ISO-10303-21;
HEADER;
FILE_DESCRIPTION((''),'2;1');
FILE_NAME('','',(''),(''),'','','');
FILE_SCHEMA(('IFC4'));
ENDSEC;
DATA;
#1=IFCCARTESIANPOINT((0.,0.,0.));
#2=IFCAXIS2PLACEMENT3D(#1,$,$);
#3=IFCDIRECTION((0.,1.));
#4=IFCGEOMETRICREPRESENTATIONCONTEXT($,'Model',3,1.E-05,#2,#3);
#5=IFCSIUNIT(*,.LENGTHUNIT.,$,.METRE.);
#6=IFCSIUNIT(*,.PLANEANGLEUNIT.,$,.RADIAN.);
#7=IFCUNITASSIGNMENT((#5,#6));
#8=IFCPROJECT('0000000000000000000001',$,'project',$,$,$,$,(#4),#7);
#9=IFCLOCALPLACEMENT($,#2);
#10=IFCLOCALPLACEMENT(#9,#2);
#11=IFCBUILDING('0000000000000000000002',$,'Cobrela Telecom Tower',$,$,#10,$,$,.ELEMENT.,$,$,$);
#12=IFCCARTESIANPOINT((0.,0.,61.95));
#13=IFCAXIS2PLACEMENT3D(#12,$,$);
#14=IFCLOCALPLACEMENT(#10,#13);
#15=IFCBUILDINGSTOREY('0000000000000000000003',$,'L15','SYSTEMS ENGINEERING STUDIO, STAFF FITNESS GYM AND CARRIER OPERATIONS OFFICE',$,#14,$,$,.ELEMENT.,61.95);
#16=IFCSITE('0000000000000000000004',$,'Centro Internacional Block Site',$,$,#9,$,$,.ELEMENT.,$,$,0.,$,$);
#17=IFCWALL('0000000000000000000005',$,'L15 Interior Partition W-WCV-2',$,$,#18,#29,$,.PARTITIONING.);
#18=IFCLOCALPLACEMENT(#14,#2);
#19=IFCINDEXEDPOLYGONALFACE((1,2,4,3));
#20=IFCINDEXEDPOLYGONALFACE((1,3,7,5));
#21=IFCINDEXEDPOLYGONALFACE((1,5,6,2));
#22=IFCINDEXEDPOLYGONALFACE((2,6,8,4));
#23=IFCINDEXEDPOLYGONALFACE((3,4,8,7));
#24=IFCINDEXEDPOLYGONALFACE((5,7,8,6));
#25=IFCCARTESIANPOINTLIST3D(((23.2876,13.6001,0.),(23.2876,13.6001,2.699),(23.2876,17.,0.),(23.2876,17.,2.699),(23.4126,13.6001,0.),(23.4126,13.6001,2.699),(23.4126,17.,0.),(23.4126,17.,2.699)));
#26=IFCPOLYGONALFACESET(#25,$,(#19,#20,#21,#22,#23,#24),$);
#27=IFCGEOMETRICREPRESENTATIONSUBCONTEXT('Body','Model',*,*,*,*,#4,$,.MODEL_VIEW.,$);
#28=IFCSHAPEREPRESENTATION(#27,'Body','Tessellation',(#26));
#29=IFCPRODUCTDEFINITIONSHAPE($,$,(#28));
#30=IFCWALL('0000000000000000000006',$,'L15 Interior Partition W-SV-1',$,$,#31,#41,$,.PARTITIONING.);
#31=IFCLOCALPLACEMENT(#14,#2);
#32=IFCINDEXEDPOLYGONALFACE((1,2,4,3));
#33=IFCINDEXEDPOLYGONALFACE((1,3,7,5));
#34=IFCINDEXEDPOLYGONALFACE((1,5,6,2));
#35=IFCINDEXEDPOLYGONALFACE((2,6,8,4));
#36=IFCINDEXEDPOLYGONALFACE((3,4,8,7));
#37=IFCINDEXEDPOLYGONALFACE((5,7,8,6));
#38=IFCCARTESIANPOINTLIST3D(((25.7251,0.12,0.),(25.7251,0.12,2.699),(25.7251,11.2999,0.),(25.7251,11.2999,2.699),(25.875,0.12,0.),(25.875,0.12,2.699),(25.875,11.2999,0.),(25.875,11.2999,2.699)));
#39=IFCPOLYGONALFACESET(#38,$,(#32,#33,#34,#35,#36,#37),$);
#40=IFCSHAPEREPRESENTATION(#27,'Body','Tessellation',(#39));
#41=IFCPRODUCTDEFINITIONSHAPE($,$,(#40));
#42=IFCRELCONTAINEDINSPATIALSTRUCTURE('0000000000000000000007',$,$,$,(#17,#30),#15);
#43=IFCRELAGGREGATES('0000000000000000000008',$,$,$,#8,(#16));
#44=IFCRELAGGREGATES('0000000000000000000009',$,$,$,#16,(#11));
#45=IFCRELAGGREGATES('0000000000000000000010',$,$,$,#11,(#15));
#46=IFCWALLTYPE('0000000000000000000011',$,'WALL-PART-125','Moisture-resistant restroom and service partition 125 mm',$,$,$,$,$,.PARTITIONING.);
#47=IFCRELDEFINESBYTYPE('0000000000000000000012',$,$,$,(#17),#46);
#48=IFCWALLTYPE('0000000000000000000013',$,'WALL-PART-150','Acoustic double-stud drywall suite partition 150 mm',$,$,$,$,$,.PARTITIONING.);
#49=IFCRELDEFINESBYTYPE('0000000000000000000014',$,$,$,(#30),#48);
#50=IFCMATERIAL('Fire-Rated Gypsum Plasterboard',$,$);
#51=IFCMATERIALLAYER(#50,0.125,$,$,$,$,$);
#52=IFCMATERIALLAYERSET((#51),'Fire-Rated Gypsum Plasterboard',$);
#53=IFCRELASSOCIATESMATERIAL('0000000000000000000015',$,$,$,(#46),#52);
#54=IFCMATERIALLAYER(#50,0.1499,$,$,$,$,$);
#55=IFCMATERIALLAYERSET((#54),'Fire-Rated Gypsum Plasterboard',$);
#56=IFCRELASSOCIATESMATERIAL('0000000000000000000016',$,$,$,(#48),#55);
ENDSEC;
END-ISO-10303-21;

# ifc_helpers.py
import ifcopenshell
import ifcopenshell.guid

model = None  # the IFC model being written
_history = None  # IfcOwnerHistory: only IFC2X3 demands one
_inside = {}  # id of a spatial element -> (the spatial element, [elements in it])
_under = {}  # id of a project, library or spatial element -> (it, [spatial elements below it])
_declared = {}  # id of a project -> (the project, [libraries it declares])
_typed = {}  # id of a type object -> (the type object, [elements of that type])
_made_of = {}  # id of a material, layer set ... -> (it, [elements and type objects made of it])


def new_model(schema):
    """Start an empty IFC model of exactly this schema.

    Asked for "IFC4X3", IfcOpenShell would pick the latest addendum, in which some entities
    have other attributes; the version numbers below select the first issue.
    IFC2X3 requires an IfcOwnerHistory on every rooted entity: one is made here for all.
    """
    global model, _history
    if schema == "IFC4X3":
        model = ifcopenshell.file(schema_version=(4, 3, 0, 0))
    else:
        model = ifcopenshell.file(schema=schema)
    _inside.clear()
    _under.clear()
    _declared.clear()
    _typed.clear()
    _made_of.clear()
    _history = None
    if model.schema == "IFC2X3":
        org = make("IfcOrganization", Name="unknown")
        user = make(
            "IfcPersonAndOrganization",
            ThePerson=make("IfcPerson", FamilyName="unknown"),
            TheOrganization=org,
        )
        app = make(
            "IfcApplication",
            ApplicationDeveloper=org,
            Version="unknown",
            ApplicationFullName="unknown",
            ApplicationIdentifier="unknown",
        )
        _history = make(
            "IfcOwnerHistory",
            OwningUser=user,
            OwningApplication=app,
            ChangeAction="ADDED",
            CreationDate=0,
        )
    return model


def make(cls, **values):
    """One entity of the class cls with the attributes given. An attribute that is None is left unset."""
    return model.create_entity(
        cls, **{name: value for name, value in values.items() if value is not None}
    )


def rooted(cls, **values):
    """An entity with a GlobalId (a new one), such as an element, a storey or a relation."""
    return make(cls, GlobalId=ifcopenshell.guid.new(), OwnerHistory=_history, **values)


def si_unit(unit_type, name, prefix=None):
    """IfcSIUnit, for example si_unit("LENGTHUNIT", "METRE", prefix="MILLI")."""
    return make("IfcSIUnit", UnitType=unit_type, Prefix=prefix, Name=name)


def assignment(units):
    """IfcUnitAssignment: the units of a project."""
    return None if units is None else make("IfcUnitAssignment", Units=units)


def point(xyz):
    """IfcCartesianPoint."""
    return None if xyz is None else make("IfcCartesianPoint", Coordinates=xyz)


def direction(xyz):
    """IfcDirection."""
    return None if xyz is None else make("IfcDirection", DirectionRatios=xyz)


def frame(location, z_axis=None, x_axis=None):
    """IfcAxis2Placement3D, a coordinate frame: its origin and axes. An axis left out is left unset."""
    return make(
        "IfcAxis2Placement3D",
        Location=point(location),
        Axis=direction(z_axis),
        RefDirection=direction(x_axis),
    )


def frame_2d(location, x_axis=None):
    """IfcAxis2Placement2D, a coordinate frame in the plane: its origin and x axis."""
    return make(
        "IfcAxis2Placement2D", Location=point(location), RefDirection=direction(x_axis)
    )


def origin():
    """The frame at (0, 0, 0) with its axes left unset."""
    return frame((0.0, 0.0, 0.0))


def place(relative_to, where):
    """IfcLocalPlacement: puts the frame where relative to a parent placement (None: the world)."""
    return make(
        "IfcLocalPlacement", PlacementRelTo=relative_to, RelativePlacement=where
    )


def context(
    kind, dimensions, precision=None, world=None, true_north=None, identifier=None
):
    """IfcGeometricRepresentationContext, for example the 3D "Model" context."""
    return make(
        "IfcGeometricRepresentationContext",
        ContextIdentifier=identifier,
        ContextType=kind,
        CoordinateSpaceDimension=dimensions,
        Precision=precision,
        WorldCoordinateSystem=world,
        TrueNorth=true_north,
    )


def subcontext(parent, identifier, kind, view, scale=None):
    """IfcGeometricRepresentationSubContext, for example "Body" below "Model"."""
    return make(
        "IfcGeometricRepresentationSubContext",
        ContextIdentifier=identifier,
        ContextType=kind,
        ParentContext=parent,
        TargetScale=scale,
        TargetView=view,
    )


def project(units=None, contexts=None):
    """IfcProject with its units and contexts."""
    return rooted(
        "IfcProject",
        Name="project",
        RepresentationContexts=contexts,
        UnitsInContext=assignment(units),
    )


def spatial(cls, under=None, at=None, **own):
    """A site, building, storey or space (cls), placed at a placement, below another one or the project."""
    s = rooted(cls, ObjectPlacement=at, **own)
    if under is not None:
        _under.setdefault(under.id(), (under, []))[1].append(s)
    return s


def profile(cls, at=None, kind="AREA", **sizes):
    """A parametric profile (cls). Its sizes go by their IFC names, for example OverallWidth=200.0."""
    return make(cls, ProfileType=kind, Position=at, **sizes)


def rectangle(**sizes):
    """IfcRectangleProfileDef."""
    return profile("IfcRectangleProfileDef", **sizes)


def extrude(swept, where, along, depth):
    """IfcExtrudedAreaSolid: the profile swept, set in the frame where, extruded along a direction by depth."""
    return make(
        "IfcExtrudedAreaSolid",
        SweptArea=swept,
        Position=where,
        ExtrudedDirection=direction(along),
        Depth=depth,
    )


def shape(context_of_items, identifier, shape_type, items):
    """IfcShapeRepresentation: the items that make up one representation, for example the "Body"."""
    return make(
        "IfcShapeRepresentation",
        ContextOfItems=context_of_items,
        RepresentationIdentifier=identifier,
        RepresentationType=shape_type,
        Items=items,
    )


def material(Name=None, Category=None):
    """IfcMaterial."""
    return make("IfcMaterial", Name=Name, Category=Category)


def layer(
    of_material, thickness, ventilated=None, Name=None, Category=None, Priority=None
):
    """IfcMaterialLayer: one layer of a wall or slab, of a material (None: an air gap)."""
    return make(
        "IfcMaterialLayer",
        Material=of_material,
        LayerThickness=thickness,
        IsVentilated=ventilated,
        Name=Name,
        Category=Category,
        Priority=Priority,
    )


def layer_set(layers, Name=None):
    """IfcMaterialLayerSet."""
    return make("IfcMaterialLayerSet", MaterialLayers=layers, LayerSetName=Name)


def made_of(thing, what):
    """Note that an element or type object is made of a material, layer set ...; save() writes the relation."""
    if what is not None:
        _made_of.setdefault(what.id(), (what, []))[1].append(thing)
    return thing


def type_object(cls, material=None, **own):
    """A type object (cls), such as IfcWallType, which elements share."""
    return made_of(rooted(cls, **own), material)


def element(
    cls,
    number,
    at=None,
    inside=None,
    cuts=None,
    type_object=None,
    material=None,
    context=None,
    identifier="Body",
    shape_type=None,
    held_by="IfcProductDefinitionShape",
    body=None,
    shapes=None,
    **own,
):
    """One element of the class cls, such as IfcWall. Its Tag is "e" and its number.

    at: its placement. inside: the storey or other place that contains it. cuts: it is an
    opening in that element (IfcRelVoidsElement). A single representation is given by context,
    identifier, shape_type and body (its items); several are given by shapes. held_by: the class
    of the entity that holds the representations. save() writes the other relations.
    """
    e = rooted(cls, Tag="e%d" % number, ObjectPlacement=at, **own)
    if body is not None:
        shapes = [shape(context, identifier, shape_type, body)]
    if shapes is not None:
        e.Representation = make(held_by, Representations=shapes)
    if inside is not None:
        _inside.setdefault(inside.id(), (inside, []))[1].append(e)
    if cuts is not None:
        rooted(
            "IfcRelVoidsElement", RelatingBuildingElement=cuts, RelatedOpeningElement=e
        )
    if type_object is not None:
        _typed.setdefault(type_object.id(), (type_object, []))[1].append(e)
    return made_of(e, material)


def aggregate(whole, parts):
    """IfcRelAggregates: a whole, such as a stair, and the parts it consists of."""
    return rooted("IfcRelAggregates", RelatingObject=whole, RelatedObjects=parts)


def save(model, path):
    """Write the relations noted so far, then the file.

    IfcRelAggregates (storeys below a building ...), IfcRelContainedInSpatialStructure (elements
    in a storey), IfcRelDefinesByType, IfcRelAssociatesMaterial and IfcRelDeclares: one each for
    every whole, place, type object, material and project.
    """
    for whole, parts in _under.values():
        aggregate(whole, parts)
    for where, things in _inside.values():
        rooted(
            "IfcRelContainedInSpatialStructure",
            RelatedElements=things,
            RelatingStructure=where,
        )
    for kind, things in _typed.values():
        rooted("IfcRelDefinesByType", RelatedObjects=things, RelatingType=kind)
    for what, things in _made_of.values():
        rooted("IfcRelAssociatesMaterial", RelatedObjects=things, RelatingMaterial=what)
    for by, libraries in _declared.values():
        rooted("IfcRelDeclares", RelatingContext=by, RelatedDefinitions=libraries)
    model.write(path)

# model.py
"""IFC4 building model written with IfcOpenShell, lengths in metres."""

from ifc_helpers import new_model, si_unit, direction, frame, frame_2d, origin, place, context, subcontext, project, spatial, rectangle, extrude, material, layer, layer_set, type_object, element, save


model = new_model("IFC4")

# Units and contexts
model_context = context("Model", 3, precision=1e-05, world=origin(), true_north=direction((0.0, 1.0)))
body_context = subcontext(model_context, "Body", "Model", "MODEL_VIEW")
ifc_project = project(units=[si_unit("LENGTHUNIT", "METRE"), si_unit("PLANEANGLEUNIT", "RADIAN")], contexts=[model_context])

# Site, building, storey
site_placement = place(None, origin())
site = spatial("IfcSite", under=ifc_project, at=site_placement, Name="Centro Internacional Block Site", CompositionType="ELEMENT", RefElevation=0.0)
building_placement = place(site_placement, origin())
building = spatial("IfcBuilding", under=site, at=building_placement, Name="Cobrela Telecom Tower", CompositionType="ELEMENT")
storey_placement = place(building_placement, frame((0.0, 0.0, 61.95)))
storey = spatial("IfcBuildingStorey", under=building, at=storey_placement, Name="L15", Description="SYSTEMS ENGINEERING STUDIO, STAFF FITNESS GYM AND CARRIER OPERATIONS OFFICE", CompositionType="ELEMENT", Elevation=61.95)

# Walls
ifc_material_1 = material(Name="Fire-Rated Gypsum Plasterboard")
ifc_layer_1 = layer(ifc_material_1, 0.125)
ifc_layer_set_1 = layer_set([ifc_layer_1], Name="Fire-Rated Gypsum Plasterboard")
wall_type_1 = type_object("IfcWallType", Name="WALL-PART-125", Description="Moisture-resistant restroom and service partition 125 mm", PredefinedType="PARTITIONING", material=ifc_layer_set_1)
for number, where, z_axis, x_axis, name in (
    (1, (23.3501, 13.6001, 0.0), (0.0, 0.0, 1.0), (0.0, 1.0, 0.0), "L15 Interior Partition W-WCV-2"),
):
    element("IfcWall", number, at=place(storey_placement, frame(where, z_axis=z_axis, x_axis=x_axis)), inside=storey, type_object=wall_type_1, Name=name, PredefinedType="PARTITIONING", context=body_context, shape_type="SweptSolid", body=[
        extrude(rectangle(XDim=3.3999, YDim=0.125, at=frame_2d((1.7, 0.0))), origin(), (0.0, 0.0, 1.0), 2.699),
    ])
ifc_layer_2 = layer(ifc_material_1, 0.1499)
ifc_layer_set_2 = layer_set([ifc_layer_2], Name="Fire-Rated Gypsum Plasterboard")
wall_type_2 = type_object("IfcWallType", Name="WALL-PART-150", Description="Acoustic double-stud drywall suite partition 150 mm", PredefinedType="PARTITIONING", material=ifc_layer_set_2)
wall_placement = place(storey_placement, frame((25.8, 0.1201, 0.0), z_axis=(0.0, 0.0, 1.0), x_axis=(0.0, 1.0, 0.0)))
element("IfcWall", 2, at=wall_placement, inside=storey, type_object=wall_type_2, Name="L15 Interior Partition W-SV-1", PredefinedType="PARTITIONING", context=body_context, shape_type="SweptSolid", body=[
    extrude(rectangle(XDim=11.1799, YDim=0.1499, at=frame_2d((5.5898, 0.0))), origin(), (0.0, 0.0, 1.0), 2.699),
])

save(model, "model.ifc")
